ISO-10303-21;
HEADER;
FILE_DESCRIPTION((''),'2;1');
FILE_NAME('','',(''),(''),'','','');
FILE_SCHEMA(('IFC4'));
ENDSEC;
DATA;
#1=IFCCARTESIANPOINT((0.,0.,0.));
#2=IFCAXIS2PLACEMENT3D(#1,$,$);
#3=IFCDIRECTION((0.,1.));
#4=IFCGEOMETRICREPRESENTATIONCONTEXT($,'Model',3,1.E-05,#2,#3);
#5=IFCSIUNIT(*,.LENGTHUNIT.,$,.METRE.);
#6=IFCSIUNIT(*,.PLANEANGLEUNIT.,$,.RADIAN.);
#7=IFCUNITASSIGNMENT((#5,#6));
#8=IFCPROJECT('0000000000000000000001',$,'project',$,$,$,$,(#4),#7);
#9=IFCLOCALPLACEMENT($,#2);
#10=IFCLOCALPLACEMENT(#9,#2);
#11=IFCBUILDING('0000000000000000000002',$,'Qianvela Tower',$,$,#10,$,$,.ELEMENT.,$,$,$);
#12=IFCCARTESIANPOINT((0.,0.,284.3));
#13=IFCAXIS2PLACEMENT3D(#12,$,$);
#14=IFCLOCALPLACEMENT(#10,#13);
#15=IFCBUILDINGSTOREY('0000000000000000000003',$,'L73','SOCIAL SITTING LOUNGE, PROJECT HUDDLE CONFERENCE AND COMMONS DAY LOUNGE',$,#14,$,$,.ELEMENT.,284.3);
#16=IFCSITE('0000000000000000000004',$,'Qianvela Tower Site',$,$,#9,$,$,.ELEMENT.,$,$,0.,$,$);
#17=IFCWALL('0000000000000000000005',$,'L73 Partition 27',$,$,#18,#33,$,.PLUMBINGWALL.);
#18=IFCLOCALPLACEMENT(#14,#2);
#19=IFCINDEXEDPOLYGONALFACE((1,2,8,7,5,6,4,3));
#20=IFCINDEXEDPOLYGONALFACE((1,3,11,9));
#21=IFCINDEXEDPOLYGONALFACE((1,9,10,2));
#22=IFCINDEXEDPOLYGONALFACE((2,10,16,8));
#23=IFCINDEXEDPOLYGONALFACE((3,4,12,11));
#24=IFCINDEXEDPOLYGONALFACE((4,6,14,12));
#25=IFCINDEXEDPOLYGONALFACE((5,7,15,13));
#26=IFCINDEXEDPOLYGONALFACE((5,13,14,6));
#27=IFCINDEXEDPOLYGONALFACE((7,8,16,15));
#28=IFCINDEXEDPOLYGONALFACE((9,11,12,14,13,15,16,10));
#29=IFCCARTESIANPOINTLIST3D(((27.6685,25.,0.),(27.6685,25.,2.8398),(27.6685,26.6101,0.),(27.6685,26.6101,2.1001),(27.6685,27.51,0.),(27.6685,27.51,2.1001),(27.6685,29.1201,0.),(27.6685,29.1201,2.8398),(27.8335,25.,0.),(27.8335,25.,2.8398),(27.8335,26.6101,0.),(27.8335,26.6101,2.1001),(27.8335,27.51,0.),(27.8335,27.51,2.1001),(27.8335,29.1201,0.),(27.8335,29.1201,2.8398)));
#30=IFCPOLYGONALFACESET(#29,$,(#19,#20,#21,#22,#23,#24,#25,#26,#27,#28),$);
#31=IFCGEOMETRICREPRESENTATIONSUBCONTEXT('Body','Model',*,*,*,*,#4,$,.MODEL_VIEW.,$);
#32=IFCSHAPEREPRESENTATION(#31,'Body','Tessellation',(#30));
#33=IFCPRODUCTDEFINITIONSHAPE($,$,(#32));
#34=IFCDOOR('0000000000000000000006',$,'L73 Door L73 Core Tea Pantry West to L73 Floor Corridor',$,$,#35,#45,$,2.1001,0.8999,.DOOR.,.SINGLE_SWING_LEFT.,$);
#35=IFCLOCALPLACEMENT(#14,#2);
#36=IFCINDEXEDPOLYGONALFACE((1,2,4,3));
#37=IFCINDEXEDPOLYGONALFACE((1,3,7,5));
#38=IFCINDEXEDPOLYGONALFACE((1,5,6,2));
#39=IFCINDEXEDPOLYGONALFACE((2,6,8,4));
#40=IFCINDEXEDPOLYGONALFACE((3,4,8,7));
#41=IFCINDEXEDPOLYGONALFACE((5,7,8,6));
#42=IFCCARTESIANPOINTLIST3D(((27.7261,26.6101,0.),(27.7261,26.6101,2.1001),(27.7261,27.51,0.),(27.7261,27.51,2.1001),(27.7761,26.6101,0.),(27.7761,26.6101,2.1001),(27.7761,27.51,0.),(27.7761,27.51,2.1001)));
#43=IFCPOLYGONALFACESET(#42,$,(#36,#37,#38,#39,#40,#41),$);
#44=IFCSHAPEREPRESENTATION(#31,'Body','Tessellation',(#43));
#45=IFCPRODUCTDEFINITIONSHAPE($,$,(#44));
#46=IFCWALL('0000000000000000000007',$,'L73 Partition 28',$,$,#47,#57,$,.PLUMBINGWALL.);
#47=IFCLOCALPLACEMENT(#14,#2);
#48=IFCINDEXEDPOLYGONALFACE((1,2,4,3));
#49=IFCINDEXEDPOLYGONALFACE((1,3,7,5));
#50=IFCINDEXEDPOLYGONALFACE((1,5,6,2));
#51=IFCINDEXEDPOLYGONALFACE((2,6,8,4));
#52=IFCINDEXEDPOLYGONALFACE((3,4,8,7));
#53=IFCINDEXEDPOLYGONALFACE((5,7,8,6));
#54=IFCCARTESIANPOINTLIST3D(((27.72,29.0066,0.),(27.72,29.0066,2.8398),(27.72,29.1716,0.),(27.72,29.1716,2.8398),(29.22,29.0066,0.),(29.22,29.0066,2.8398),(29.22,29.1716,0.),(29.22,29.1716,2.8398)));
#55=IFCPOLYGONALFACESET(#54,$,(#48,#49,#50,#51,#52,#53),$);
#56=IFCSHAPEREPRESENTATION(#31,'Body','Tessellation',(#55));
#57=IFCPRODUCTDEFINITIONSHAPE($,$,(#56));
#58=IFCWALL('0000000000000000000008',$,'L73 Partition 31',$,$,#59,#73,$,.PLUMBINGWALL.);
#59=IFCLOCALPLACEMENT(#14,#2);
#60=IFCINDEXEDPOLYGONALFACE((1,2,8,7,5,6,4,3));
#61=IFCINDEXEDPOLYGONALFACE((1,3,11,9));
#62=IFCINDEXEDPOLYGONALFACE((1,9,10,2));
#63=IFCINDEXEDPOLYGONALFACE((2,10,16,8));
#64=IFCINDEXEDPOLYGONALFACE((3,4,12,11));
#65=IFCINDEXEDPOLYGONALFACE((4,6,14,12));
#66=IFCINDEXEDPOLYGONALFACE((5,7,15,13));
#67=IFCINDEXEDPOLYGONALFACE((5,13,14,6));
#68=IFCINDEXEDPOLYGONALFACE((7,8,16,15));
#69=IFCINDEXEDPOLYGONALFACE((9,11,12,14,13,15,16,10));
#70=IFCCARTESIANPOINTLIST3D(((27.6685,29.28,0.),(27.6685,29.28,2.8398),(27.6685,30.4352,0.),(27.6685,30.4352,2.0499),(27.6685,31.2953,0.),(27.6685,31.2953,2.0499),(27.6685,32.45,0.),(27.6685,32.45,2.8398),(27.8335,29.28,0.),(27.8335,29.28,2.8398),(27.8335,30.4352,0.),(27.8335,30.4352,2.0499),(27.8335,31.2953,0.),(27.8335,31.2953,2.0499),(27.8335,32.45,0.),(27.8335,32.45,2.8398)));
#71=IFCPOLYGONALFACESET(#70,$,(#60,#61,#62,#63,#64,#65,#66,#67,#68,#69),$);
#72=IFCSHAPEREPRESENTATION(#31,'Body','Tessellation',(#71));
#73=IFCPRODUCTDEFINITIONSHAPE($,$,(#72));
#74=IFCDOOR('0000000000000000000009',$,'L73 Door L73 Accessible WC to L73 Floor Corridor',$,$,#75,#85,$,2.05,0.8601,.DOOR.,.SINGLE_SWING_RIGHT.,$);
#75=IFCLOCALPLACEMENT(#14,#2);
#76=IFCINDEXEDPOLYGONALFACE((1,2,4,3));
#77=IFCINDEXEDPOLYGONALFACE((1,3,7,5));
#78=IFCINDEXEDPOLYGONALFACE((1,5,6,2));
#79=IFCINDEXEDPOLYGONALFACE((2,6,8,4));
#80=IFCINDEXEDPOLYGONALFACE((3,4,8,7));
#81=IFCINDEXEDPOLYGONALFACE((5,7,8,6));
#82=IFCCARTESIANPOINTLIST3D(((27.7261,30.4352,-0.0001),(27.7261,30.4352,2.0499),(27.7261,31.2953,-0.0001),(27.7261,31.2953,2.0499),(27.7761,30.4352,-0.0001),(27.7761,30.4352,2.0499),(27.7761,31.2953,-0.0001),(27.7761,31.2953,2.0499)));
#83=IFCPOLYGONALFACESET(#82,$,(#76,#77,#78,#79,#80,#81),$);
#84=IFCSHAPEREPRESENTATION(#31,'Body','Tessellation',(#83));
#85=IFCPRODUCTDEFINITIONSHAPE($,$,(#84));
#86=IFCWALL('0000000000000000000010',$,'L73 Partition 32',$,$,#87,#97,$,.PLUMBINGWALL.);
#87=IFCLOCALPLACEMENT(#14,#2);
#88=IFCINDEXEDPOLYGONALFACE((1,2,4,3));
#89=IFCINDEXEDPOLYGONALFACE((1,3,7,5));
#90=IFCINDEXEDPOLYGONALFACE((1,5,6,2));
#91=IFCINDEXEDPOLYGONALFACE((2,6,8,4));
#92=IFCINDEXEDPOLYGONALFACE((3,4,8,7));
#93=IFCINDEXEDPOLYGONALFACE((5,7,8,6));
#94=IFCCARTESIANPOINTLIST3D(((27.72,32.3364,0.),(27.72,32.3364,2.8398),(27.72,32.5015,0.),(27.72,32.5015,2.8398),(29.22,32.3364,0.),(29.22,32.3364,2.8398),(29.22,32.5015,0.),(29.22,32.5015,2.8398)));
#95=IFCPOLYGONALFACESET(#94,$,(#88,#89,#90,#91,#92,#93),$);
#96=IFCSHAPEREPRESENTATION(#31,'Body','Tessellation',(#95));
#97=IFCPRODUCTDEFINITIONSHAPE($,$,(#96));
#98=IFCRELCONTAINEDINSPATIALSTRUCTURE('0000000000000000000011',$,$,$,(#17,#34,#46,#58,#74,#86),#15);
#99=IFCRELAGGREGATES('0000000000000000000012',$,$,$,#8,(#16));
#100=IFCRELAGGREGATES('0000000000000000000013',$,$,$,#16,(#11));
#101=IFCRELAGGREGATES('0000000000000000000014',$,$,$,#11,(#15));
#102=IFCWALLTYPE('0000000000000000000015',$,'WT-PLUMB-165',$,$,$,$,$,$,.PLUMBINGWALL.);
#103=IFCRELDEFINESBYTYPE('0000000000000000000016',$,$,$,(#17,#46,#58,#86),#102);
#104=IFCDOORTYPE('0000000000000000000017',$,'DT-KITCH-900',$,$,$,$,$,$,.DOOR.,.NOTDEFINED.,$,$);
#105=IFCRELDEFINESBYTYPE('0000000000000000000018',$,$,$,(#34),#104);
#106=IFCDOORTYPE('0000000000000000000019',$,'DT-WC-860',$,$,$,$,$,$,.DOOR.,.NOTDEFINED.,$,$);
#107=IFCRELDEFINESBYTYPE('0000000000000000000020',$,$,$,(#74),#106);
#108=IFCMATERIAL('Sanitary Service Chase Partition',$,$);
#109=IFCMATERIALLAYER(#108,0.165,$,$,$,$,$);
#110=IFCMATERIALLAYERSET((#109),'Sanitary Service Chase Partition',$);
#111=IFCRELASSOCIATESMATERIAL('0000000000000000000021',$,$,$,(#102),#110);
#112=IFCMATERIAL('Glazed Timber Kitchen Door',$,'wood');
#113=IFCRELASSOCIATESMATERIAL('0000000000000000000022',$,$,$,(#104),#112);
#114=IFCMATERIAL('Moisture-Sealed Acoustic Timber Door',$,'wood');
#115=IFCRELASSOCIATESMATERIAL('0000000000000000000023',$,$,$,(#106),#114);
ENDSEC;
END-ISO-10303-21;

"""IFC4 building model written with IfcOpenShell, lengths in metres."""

from ifc_helpers import new_model, si_unit, direction, frame, frame_2d, origin, place, context, subcontext, project, spatial, rectangle, extrude, material, layer, layer_set, type_object, element, fill, save


model = new_model("IFC4")

# Units and contexts
model_context = context("Model", 3, precision=1e-05, world=origin(), true_north=direction((0.0, 1.0)))
body_context = subcontext(model_context, "Body", "Model", "MODEL_VIEW")
ifc_project = project(units=[si_unit("LENGTHUNIT", "METRE"), si_unit("PLANEANGLEUNIT", "RADIAN")], contexts=[model_context])

# Site, building, storey
site_placement = place(None, origin())
site = spatial("IfcSite", under=ifc_project, at=site_placement, Name="Qianvela Tower Site", CompositionType="ELEMENT", RefElevation=0.0)
building_placement = place(site_placement, origin())
building = spatial("IfcBuilding", under=site, at=building_placement, Name="Qianvela Tower", CompositionType="ELEMENT")
storey_placement = place(building_placement, frame((0.0, 0.0, 284.3)))
storey = spatial("IfcBuildingStorey", under=building, at=storey_placement, Name="L73", Description="SOCIAL SITTING LOUNGE, PROJECT HUDDLE CONFERENCE AND COMMONS DAY LOUNGE", CompositionType="ELEMENT", Elevation=284.3)

# Wall, opening, door
ifc_material_1 = material(Name="Sanitary Service Chase Partition")
ifc_layer_1 = layer(ifc_material_1, 0.165)
ifc_layer_set_1 = layer_set([ifc_layer_1], Name="Sanitary Service Chase Partition")
wall_type_1 = type_object("IfcWallType", Name="WT-PLUMB-165", PredefinedType="PLUMBINGWALL", material=ifc_layer_set_1)
wall_1_placement = place(storey_placement, frame((27.751, 25.0, 0.0), z_axis=(0.0, 0.0, 1.0), x_axis=(0.0, 1.0, 0.0)))
wall_1 = element("IfcWall", 1, at=wall_1_placement, inside=storey, type_object=wall_type_1, Name="L73 Partition 27", PredefinedType="PLUMBINGWALL", context=body_context, shape_type="SweptSolid", body=[
    extrude(rectangle(XDim=4.1201, YDim=0.165, at=frame_2d((2.0601, 0.0))), origin(), (0.0, 0.0, 1.0), 2.8398),
])
opening_1_placement = place(wall_1_placement, frame((1.6101, 0.0, 0.0)))
opening_1 = element("IfcOpeningElement", 2, at=opening_1_placement, cuts=wall_1, PredefinedType="OPENING", context=body_context, shape_type="SweptSolid", body=[
    extrude(rectangle(XDim=0.8999, YDim=2.1001, at=frame_2d((0.45, 1.05))), frame((0.0, 0.0925, 0.0), z_axis=(0.0, -1.0, 0.0), x_axis=(1.0, 0.0, 0.0)), (0.0, 0.0, 1.0), 0.1851),
])
ifc_material_2 = material(Name="Glazed Timber Kitchen Door", Category="wood")
door_type_1 = type_object("IfcDoorType", Name="DT-KITCH-900", OperationType="NOTDEFINED", PredefinedType="DOOR", material=ifc_material_2)
door_1_placement = place(opening_1_placement, origin())
door_1 = element("IfcDoor", 3, at=door_1_placement, inside=storey, type_object=door_type_1, Name="L73 Door L73 Core Tea Pantry West to L73 Floor Corridor", OperationType="SINGLE_SWING_LEFT", OverallHeight=2.1001, OverallWidth=0.8999, PredefinedType="DOOR", context=body_context, shape_type="SweptSolid", body=[
    extrude(rectangle(XDim=0.8999, YDim=2.1001, at=frame_2d((0.45, 1.05))), frame((0.0, 0.0249, 0.0), z_axis=(0.0, -1.0, 0.0), x_axis=(1.0, 0.0, 0.0)), (0.0, 0.0, 1.0), 0.05),
])
fill(opening_1, door_1)

# Wall
wall_2_placement = place(storey_placement, frame((27.72, 29.0891, 0.0), z_axis=(0.0, 0.0, 1.0), x_axis=(1.0, 0.0, 0.0)))
element("IfcWall", 4, at=wall_2_placement, inside=storey, type_object=wall_type_1, Name="L73 Partition 28", PredefinedType="PLUMBINGWALL", context=body_context, shape_type="SweptSolid", body=[
    extrude(rectangle(XDim=1.5, YDim=0.165, at=frame_2d((0.75, 0.0))), origin(), (0.0, 0.0, 1.0), 2.8398),
])

# Wall, opening, door
wall_3_placement = place(storey_placement, frame((27.751, 29.28, 0.0), z_axis=(0.0, 0.0, 1.0), x_axis=(0.0, 1.0, 0.0)))
wall_3 = element("IfcWall", 5, at=wall_3_placement, inside=storey, type_object=wall_type_1, Name="L73 Partition 31", PredefinedType="PLUMBINGWALL", context=body_context, shape_type="SweptSolid", body=[
    extrude(rectangle(XDim=3.1699, YDim=0.165, at=frame_2d((1.585, 0.0))), origin(), (0.0, 0.0, 1.0), 2.8398),
])
opening_2_placement = place(wall_3_placement, frame((1.155, 0.0, 0.0)))
opening_2 = element("IfcOpeningElement", 6, at=opening_2_placement, cuts=wall_3, PredefinedType="OPENING", context=body_context, shape_type="SweptSolid", body=[
    extrude(rectangle(XDim=0.8601, YDim=2.05, at=frame_2d((0.4302, 1.0249))), frame((0.0, 0.0925, 0.0), z_axis=(0.0, -1.0, 0.0), x_axis=(1.0, 0.0, 0.0)), (0.0, 0.0, 1.0), 0.1851),
])
ifc_material_3 = material(Name="Moisture-Sealed Acoustic Timber Door", Category="wood")
door_type_2 = type_object("IfcDoorType", Name="DT-WC-860", OperationType="NOTDEFINED", PredefinedType="DOOR", material=ifc_material_3)
door_2_placement = place(opening_2_placement, origin())
door_2 = element("IfcDoor", 7, at=door_2_placement, inside=storey, type_object=door_type_2, Name="L73 Door L73 Accessible WC to L73 Floor Corridor", OperationType="SINGLE_SWING_RIGHT", OverallHeight=2.05, OverallWidth=0.8601, PredefinedType="DOOR", context=body_context, shape_type="SweptSolid", body=[
    extrude(rectangle(XDim=0.8601, YDim=2.05, at=frame_2d((0.4302, 1.0249))), frame((0.0, 0.0249, 0.0), z_axis=(0.0, -1.0, 0.0), x_axis=(1.0, 0.0, 0.0)), (0.0, 0.0, 1.0), 0.05),
])
fill(opening_2, door_2)

# Wall
wall_4_placement = place(storey_placement, frame((27.72, 32.4189, 0.0), z_axis=(0.0, 0.0, 1.0), x_axis=(1.0, 0.0, 0.0)))
element("IfcWall", 8, at=wall_4_placement, inside=storey, type_object=wall_type_1, Name="L73 Partition 32", PredefinedType="PLUMBINGWALL", context=body_context, shape_type="SweptSolid", body=[
    extrude(rectangle(XDim=1.5, YDim=0.165, at=frame_2d((0.75, 0.0))), origin(), (0.0, 0.0, 1.0), 2.8398),
])

save(model, "model.ifc")
